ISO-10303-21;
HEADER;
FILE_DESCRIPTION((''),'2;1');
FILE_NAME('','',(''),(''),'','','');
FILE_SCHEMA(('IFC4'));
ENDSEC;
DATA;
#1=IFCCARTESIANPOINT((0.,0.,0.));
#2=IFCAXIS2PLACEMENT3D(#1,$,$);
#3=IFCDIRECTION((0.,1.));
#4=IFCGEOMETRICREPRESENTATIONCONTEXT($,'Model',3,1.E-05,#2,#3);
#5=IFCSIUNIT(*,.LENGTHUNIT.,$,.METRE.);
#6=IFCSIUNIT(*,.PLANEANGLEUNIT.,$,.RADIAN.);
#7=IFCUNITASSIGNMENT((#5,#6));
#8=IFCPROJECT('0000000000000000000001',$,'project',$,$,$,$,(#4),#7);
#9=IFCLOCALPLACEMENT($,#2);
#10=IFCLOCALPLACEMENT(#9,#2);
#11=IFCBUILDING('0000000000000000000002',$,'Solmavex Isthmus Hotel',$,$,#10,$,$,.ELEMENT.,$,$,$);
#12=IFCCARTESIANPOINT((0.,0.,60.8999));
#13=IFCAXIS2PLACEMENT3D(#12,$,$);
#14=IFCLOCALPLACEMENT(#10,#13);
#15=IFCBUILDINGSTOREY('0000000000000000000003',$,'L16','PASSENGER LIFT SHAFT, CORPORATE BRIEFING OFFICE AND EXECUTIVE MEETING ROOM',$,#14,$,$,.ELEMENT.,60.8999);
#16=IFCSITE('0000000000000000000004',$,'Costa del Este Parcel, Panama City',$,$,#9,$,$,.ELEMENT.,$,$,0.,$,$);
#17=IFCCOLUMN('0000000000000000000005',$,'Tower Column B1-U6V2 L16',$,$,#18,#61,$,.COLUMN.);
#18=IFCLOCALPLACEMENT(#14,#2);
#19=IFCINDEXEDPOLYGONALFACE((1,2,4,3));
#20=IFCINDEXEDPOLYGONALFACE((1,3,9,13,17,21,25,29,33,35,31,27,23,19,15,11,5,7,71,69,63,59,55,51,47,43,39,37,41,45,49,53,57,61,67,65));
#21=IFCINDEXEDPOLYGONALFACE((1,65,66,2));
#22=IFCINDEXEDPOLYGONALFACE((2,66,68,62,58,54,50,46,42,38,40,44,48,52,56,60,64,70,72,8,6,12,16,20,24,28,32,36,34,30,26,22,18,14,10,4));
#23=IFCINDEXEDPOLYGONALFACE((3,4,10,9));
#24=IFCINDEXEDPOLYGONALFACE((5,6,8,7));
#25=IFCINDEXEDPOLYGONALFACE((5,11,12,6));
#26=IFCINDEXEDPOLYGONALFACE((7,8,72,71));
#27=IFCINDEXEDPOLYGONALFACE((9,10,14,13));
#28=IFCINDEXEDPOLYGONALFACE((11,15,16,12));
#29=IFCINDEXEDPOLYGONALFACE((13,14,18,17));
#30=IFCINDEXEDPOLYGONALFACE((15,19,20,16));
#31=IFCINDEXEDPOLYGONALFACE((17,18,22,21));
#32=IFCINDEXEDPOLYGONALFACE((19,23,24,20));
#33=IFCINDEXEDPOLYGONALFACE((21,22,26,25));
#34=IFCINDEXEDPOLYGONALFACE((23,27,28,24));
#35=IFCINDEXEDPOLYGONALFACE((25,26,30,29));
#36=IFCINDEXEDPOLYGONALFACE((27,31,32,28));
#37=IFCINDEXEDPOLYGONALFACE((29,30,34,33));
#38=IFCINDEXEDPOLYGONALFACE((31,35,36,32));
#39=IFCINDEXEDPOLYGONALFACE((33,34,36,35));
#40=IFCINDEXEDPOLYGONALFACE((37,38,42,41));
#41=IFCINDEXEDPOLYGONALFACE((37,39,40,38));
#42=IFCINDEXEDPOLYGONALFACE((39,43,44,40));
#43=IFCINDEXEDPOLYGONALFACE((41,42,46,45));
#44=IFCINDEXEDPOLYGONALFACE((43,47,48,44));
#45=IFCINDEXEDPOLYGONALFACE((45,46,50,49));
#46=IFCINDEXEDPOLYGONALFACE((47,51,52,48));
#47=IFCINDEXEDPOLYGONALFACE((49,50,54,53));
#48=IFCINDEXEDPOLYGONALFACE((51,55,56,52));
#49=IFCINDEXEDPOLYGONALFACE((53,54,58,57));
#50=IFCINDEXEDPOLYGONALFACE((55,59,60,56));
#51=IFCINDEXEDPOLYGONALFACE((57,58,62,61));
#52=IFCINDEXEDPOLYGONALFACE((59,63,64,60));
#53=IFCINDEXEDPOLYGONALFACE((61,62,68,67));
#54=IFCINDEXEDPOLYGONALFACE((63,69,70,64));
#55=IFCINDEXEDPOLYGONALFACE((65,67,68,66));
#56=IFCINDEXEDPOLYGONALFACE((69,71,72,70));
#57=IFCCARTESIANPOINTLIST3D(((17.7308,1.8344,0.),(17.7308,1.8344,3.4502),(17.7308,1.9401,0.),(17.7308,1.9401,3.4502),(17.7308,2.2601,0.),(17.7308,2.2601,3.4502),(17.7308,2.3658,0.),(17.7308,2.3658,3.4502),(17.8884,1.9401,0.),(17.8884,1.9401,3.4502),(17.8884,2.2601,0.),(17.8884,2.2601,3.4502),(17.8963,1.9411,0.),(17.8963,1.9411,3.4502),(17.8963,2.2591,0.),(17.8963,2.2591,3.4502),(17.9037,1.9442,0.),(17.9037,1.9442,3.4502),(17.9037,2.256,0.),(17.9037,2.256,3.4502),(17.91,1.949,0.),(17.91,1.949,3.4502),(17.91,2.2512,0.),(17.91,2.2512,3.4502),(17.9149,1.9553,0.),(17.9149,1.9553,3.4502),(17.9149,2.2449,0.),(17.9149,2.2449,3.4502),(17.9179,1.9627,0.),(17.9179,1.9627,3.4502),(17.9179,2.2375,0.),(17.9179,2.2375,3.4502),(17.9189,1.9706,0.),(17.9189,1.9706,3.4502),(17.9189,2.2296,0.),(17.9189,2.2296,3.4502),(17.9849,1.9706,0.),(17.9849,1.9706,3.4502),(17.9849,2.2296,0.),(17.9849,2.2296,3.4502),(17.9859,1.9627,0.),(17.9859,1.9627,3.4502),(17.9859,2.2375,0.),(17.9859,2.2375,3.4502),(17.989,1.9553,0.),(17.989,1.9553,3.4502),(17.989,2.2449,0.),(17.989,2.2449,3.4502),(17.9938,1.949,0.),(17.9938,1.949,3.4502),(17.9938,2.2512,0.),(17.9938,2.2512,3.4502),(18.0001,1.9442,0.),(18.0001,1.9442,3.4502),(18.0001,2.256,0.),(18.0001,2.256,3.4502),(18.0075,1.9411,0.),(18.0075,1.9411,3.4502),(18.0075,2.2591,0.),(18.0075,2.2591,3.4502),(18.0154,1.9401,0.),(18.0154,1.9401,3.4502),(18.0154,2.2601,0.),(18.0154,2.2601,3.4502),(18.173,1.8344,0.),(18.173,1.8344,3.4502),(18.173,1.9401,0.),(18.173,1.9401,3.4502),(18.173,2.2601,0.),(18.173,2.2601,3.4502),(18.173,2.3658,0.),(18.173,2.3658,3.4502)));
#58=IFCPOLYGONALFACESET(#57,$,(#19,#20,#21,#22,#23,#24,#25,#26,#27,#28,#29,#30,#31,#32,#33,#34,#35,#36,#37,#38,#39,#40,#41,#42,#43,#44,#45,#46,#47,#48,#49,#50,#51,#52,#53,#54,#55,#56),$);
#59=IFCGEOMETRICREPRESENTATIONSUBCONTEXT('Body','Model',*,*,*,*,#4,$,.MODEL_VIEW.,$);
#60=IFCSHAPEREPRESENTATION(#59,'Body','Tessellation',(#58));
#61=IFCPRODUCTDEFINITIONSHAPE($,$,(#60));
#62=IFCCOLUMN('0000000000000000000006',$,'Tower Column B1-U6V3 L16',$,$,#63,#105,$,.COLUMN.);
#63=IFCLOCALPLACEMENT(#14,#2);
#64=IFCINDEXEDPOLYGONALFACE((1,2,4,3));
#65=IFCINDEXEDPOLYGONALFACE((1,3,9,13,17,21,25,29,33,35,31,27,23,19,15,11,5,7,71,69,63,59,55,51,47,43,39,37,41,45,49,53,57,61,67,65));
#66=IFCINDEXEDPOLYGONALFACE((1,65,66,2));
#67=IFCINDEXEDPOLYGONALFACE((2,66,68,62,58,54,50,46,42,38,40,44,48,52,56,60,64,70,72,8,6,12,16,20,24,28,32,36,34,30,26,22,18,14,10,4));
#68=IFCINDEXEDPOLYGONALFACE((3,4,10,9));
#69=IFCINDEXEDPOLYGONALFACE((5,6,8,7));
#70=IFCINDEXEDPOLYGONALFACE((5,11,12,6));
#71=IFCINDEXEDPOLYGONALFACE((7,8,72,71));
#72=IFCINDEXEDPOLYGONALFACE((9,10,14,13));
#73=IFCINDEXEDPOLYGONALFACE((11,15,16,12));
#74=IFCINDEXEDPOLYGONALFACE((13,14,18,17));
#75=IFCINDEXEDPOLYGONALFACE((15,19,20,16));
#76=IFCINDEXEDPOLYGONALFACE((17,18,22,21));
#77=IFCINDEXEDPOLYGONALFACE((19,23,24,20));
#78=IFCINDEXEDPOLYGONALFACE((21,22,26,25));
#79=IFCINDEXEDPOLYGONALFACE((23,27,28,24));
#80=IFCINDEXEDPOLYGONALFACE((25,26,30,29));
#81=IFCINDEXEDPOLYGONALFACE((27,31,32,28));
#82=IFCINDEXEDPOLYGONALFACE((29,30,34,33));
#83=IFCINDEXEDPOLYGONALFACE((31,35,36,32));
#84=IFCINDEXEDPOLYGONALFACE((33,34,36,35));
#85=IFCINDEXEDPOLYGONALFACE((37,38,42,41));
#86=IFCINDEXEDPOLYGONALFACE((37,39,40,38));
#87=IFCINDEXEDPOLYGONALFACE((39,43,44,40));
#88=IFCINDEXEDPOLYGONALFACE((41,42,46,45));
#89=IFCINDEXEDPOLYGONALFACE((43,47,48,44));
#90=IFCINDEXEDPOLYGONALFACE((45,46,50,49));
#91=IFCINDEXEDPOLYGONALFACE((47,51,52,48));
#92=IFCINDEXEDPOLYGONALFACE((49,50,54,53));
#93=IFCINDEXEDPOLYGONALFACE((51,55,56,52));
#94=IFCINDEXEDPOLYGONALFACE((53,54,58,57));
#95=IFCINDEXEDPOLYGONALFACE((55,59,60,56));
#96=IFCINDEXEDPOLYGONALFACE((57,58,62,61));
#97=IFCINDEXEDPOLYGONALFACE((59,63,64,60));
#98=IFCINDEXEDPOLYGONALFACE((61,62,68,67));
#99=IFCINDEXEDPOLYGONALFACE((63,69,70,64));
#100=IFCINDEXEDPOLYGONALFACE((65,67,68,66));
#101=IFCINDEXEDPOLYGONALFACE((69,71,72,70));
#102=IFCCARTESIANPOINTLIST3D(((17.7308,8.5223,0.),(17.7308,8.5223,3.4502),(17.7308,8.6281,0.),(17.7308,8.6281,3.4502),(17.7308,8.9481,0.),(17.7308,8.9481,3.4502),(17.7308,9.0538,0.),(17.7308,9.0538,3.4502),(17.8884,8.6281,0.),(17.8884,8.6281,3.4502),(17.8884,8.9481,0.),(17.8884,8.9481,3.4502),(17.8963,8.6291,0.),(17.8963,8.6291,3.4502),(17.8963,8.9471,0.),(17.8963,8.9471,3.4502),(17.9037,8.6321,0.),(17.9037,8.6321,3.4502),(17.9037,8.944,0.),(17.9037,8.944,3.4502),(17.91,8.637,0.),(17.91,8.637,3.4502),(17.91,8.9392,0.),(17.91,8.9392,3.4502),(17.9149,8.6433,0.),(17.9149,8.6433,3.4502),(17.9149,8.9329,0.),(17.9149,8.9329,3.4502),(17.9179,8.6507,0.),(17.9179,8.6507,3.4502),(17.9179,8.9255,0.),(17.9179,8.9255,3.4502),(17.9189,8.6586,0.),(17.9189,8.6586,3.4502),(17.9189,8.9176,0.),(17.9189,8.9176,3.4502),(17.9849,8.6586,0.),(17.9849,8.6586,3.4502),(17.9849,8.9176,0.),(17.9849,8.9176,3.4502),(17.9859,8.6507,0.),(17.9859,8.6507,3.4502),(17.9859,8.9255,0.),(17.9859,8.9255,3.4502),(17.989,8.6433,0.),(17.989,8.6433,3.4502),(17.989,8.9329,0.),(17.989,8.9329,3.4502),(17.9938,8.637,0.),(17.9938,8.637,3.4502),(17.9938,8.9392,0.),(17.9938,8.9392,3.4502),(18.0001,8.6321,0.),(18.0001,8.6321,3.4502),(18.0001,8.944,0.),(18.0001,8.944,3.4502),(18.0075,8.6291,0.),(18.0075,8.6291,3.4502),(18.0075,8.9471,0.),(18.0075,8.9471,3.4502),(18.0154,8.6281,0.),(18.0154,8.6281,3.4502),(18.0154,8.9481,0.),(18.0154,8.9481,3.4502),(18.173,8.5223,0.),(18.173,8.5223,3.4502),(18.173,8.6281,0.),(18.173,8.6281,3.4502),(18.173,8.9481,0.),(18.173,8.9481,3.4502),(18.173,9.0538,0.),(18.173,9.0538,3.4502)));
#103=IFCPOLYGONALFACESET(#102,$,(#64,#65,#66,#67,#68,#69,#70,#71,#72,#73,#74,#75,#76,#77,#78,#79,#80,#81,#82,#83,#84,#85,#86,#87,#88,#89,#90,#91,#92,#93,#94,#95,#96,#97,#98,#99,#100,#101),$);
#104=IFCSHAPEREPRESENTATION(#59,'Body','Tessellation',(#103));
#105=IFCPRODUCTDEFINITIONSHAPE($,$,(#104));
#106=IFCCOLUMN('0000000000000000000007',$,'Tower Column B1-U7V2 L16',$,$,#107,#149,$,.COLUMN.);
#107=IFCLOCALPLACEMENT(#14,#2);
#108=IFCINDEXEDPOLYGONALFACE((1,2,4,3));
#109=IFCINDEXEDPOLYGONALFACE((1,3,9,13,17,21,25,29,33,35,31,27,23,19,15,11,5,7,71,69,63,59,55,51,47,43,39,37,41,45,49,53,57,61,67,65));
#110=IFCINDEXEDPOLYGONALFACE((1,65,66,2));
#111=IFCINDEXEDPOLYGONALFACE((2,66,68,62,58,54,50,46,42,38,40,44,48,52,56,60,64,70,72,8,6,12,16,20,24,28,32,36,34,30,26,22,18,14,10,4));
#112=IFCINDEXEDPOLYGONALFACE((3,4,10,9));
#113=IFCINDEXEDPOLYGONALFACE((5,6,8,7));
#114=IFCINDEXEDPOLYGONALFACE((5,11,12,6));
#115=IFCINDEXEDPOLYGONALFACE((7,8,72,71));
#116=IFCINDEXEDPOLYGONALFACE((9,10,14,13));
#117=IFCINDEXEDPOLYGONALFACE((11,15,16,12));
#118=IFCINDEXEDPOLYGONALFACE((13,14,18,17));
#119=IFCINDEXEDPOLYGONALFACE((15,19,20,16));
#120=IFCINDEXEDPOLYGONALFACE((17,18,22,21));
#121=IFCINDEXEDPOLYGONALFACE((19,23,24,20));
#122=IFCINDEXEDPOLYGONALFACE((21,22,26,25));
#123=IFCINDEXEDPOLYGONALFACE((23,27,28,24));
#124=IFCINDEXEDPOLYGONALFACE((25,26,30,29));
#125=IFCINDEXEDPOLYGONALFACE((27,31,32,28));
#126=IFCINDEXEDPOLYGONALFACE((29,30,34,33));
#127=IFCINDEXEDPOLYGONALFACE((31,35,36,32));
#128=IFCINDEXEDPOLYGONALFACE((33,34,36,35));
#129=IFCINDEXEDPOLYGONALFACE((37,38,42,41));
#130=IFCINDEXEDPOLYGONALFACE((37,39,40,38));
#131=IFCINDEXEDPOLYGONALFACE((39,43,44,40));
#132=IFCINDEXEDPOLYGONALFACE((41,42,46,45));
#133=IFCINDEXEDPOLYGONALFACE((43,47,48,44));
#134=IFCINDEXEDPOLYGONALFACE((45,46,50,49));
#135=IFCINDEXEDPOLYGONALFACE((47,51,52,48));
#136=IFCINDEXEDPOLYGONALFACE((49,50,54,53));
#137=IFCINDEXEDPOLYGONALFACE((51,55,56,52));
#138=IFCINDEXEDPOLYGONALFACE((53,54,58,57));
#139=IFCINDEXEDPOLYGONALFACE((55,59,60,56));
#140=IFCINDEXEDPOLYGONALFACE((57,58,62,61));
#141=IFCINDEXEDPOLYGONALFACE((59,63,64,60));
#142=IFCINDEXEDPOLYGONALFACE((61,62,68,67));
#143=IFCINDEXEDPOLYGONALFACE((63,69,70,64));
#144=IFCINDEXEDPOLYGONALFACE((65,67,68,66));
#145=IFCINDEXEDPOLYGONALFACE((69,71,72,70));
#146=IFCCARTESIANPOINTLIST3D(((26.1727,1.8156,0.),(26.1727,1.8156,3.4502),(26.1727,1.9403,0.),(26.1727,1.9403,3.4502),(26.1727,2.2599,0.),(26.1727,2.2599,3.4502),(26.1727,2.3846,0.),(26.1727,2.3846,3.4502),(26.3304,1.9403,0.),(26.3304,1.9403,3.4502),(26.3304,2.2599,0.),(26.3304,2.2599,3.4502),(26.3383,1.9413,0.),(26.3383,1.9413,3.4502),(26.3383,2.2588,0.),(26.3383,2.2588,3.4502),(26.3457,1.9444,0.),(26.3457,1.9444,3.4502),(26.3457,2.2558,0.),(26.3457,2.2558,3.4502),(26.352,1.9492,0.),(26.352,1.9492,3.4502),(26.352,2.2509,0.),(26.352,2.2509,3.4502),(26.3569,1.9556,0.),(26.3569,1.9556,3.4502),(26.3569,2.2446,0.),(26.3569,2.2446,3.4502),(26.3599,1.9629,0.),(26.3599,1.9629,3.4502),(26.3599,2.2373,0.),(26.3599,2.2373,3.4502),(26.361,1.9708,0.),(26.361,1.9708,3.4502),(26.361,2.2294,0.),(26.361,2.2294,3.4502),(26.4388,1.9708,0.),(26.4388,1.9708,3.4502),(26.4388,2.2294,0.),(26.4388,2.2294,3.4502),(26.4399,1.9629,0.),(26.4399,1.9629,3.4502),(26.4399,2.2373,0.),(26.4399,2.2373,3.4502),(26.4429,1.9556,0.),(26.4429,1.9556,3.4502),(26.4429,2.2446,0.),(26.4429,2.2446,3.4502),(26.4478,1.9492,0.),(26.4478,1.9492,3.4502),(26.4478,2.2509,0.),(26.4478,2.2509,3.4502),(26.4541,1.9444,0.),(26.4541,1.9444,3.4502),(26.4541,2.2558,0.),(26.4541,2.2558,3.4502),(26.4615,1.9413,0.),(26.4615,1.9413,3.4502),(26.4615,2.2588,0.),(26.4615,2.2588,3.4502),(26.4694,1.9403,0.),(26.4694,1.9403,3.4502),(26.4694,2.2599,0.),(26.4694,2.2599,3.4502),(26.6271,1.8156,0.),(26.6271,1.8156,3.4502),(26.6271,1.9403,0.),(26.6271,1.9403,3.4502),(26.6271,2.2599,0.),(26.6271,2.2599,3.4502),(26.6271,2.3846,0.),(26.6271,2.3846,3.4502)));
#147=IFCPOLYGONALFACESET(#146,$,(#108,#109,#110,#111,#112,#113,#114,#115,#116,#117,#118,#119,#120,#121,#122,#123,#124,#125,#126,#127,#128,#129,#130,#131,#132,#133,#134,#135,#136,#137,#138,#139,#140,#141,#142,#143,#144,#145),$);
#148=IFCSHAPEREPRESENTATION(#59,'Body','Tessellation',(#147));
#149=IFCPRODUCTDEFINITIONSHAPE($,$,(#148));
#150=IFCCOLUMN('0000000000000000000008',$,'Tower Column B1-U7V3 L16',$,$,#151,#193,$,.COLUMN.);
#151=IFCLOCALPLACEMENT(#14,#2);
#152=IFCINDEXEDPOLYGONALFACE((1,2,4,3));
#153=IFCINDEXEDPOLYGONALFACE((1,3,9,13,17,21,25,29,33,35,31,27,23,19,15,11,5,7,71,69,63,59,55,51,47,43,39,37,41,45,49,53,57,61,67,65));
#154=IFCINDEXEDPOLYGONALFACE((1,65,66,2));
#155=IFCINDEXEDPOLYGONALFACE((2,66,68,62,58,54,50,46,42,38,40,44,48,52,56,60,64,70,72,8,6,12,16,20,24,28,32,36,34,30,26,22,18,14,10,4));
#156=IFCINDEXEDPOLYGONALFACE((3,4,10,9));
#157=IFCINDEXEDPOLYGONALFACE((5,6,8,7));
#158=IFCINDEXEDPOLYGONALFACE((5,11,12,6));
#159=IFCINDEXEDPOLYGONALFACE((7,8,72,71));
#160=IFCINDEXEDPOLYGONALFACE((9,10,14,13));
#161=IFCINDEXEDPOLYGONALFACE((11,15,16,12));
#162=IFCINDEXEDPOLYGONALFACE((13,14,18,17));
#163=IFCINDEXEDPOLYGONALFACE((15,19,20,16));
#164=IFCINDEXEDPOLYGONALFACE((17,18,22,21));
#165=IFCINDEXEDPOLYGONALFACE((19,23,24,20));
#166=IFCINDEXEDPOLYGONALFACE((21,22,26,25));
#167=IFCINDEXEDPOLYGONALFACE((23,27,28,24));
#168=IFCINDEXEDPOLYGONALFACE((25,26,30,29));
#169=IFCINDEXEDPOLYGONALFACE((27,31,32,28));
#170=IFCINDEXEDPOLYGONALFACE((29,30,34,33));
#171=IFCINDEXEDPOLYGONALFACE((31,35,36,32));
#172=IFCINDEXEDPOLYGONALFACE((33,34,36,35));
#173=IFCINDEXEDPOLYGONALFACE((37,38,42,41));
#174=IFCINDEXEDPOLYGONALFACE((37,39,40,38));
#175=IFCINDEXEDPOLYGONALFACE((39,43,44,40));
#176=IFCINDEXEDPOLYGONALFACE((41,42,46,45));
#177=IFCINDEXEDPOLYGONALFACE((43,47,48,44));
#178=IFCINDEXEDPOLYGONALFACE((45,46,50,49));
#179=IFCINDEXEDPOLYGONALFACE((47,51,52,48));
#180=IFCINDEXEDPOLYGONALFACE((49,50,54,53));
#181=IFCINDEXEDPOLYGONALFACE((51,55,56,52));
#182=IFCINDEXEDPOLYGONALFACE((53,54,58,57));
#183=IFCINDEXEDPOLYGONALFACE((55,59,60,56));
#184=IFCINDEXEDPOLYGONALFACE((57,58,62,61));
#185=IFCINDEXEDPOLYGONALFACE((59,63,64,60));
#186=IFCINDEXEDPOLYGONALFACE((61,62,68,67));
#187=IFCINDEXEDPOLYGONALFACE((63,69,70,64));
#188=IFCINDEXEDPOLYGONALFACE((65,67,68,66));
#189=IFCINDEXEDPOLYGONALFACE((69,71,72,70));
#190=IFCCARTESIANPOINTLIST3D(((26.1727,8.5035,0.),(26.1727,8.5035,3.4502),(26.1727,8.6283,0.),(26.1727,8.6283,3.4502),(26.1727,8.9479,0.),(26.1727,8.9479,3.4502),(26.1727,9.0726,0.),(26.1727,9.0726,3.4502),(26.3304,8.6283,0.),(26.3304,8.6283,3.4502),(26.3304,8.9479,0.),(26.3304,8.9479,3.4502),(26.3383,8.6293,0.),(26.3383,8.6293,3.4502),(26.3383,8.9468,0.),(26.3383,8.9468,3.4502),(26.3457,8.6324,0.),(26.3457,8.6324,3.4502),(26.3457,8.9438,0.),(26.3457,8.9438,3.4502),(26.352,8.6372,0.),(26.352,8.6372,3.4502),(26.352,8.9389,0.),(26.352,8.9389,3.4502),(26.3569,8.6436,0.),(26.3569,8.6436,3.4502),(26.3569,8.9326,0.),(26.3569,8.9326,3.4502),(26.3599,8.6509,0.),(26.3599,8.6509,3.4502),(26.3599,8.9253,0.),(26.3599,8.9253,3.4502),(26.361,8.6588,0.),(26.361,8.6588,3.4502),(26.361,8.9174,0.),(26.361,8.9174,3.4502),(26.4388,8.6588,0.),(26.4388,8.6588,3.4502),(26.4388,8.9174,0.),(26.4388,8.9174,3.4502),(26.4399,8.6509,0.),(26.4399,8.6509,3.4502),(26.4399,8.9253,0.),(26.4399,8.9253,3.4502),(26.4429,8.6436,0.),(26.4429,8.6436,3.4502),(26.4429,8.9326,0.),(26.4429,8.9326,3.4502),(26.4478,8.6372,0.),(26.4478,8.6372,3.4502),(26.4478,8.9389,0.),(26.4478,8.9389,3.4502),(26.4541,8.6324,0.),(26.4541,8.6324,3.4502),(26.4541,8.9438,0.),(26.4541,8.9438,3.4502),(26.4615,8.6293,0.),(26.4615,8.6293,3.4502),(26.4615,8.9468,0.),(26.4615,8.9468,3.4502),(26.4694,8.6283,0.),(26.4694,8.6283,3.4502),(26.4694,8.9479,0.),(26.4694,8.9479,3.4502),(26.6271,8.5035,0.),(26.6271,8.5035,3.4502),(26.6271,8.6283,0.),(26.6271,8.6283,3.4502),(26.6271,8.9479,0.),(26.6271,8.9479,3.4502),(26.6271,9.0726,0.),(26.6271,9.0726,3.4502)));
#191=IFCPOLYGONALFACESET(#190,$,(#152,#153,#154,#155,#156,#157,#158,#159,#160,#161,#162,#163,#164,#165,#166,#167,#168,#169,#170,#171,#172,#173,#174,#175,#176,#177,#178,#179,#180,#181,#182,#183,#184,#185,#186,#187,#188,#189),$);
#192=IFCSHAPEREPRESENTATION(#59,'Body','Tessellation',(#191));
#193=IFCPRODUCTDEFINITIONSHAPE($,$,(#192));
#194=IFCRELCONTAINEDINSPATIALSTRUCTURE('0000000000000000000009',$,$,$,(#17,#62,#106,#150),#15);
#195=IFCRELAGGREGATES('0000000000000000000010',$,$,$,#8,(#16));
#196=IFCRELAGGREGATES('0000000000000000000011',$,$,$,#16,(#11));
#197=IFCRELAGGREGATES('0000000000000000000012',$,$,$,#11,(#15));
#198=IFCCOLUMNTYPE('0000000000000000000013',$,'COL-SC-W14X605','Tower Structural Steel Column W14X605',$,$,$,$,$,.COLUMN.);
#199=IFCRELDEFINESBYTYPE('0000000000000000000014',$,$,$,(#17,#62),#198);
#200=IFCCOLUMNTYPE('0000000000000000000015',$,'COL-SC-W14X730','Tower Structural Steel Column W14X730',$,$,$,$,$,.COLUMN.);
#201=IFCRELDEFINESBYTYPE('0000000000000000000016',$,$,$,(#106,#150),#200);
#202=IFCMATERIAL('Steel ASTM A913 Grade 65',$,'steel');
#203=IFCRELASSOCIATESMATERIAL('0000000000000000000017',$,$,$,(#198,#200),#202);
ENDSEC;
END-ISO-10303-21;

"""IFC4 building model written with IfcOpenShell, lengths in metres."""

from ifc_helpers import new_model, si_unit, direction, frame, origin, origin_2d, place, context, subcontext, project, spatial, i_section, extrude, material, material_profile, profile_set, type_object, element, save


model = new_model("IFC4")

# Units and contexts
model_context = context("Model", 3, precision=1e-05, world=origin(), true_north=direction((0.0, 1.0)))
body_context = subcontext(model_context, "Body", "Model", "MODEL_VIEW")
ifc_project = project(units=[si_unit("LENGTHUNIT", "METRE"), si_unit("PLANEANGLEUNIT", "RADIAN")], contexts=[model_context])

# Site, building, storey
site_placement = place(None, origin())
site = spatial("IfcSite", under=ifc_project, at=site_placement, Name="Costa del Este Parcel, Panama City", CompositionType="ELEMENT", RefElevation=0.0)
building_placement = place(site_placement, origin())
building = spatial("IfcBuilding", under=site, at=building_placement, Name="Solmavex Isthmus Hotel", CompositionType="ELEMENT")
storey_placement = place(building_placement, frame((0.0, 0.0, 60.8999)))
storey = spatial("IfcBuildingStorey", under=building, at=storey_placement, Name="L16", Description="PASSENGER LIFT SHAFT, CORPORATE BRIEFING OFFICE AND EXECUTIVE MEETING ROOM", CompositionType="ELEMENT", Elevation=60.8999)

# Columns
ifc_material_1 = material(Name="Steel ASTM A913 Grade 65", Category="steel")
ifc_material_profile_1 = material_profile(ifc_material_1, i_section(OverallWidth=0.4421, OverallDepth=0.5315, WebThickness=0.0659, FlangeThickness=0.1057, FilletRadius=0.0305, at=origin_2d()), Name="W14X605")
ifc_profile_set_1 = profile_set([ifc_material_profile_1], Name="Steel ASTM A913 Grade 65")
column_type_1 = type_object("IfcColumnType", Name="COL-SC-W14X605", Description="Tower Structural Steel Column W14X605", PredefinedType="COLUMN", material=ifc_profile_set_1)
for number, where, z_axis, x_axis, name in (
    (1, (17.9519, 2.1001, 0.0), (0.0, 0.0, 1.0), (1.0, 0.0, 0.0), "Tower Column B1-U6V2 L16"),
    (2, (17.9519, 8.7881, 0.0), (0.0, 0.0, 1.0), (1.0, 0.0, 0.0), "Tower Column B1-U6V3 L16"),
):
    element("IfcColumn", number, at=place(storey_placement, frame(where, z_axis=z_axis, x_axis=x_axis)), inside=storey, type_object=column_type_1, Name=name, PredefinedType="COLUMN", context=body_context, shape_type="SweptSolid", body=[
        extrude(i_section(OverallWidth=0.4421, OverallDepth=0.5315, WebThickness=0.0659, FlangeThickness=0.1057, FilletRadius=0.0305, at=origin_2d()), origin(), (0.0, 0.0, 1.0), 3.4502),
    ])
ifc_material_profile_2 = material_profile(ifc_material_1, i_section(OverallWidth=0.4543, OverallDepth=0.5691, WebThickness=0.0779, FlangeThickness=0.1248, FilletRadius=0.0305, at=origin_2d()), Name="W14X730")
ifc_profile_set_2 = profile_set([ifc_material_profile_2], Name="Steel ASTM A913 Grade 65")
column_type_2 = type_object("IfcColumnType", Name="COL-SC-W14X730", Description="Tower Structural Steel Column W14X730", PredefinedType="COLUMN", material=ifc_profile_set_2)
for number, where, z_axis, x_axis, name in (
    (3, (26.3999, 2.1001, 0.0), (0.0, 0.0, 1.0), (1.0, 0.0, 0.0), "Tower Column B1-U7V2 L16"),
    (4, (26.3999, 8.7881, 0.0), (0.0, 0.0, 1.0), (1.0, 0.0, 0.0), "Tower Column B1-U7V3 L16"),
):
    element("IfcColumn", number, at=place(storey_placement, frame(where, z_axis=z_axis, x_axis=x_axis)), inside=storey, type_object=column_type_2, Name=name, PredefinedType="COLUMN", context=body_context, shape_type="SweptSolid", body=[
        extrude(i_section(OverallWidth=0.4543, OverallDepth=0.5691, WebThickness=0.0779, FlangeThickness=0.1248, FilletRadius=0.0305, at=origin_2d()), origin(), (0.0, 0.0, 1.0), 3.4502),
    ])

save(model, "model.ifc")
